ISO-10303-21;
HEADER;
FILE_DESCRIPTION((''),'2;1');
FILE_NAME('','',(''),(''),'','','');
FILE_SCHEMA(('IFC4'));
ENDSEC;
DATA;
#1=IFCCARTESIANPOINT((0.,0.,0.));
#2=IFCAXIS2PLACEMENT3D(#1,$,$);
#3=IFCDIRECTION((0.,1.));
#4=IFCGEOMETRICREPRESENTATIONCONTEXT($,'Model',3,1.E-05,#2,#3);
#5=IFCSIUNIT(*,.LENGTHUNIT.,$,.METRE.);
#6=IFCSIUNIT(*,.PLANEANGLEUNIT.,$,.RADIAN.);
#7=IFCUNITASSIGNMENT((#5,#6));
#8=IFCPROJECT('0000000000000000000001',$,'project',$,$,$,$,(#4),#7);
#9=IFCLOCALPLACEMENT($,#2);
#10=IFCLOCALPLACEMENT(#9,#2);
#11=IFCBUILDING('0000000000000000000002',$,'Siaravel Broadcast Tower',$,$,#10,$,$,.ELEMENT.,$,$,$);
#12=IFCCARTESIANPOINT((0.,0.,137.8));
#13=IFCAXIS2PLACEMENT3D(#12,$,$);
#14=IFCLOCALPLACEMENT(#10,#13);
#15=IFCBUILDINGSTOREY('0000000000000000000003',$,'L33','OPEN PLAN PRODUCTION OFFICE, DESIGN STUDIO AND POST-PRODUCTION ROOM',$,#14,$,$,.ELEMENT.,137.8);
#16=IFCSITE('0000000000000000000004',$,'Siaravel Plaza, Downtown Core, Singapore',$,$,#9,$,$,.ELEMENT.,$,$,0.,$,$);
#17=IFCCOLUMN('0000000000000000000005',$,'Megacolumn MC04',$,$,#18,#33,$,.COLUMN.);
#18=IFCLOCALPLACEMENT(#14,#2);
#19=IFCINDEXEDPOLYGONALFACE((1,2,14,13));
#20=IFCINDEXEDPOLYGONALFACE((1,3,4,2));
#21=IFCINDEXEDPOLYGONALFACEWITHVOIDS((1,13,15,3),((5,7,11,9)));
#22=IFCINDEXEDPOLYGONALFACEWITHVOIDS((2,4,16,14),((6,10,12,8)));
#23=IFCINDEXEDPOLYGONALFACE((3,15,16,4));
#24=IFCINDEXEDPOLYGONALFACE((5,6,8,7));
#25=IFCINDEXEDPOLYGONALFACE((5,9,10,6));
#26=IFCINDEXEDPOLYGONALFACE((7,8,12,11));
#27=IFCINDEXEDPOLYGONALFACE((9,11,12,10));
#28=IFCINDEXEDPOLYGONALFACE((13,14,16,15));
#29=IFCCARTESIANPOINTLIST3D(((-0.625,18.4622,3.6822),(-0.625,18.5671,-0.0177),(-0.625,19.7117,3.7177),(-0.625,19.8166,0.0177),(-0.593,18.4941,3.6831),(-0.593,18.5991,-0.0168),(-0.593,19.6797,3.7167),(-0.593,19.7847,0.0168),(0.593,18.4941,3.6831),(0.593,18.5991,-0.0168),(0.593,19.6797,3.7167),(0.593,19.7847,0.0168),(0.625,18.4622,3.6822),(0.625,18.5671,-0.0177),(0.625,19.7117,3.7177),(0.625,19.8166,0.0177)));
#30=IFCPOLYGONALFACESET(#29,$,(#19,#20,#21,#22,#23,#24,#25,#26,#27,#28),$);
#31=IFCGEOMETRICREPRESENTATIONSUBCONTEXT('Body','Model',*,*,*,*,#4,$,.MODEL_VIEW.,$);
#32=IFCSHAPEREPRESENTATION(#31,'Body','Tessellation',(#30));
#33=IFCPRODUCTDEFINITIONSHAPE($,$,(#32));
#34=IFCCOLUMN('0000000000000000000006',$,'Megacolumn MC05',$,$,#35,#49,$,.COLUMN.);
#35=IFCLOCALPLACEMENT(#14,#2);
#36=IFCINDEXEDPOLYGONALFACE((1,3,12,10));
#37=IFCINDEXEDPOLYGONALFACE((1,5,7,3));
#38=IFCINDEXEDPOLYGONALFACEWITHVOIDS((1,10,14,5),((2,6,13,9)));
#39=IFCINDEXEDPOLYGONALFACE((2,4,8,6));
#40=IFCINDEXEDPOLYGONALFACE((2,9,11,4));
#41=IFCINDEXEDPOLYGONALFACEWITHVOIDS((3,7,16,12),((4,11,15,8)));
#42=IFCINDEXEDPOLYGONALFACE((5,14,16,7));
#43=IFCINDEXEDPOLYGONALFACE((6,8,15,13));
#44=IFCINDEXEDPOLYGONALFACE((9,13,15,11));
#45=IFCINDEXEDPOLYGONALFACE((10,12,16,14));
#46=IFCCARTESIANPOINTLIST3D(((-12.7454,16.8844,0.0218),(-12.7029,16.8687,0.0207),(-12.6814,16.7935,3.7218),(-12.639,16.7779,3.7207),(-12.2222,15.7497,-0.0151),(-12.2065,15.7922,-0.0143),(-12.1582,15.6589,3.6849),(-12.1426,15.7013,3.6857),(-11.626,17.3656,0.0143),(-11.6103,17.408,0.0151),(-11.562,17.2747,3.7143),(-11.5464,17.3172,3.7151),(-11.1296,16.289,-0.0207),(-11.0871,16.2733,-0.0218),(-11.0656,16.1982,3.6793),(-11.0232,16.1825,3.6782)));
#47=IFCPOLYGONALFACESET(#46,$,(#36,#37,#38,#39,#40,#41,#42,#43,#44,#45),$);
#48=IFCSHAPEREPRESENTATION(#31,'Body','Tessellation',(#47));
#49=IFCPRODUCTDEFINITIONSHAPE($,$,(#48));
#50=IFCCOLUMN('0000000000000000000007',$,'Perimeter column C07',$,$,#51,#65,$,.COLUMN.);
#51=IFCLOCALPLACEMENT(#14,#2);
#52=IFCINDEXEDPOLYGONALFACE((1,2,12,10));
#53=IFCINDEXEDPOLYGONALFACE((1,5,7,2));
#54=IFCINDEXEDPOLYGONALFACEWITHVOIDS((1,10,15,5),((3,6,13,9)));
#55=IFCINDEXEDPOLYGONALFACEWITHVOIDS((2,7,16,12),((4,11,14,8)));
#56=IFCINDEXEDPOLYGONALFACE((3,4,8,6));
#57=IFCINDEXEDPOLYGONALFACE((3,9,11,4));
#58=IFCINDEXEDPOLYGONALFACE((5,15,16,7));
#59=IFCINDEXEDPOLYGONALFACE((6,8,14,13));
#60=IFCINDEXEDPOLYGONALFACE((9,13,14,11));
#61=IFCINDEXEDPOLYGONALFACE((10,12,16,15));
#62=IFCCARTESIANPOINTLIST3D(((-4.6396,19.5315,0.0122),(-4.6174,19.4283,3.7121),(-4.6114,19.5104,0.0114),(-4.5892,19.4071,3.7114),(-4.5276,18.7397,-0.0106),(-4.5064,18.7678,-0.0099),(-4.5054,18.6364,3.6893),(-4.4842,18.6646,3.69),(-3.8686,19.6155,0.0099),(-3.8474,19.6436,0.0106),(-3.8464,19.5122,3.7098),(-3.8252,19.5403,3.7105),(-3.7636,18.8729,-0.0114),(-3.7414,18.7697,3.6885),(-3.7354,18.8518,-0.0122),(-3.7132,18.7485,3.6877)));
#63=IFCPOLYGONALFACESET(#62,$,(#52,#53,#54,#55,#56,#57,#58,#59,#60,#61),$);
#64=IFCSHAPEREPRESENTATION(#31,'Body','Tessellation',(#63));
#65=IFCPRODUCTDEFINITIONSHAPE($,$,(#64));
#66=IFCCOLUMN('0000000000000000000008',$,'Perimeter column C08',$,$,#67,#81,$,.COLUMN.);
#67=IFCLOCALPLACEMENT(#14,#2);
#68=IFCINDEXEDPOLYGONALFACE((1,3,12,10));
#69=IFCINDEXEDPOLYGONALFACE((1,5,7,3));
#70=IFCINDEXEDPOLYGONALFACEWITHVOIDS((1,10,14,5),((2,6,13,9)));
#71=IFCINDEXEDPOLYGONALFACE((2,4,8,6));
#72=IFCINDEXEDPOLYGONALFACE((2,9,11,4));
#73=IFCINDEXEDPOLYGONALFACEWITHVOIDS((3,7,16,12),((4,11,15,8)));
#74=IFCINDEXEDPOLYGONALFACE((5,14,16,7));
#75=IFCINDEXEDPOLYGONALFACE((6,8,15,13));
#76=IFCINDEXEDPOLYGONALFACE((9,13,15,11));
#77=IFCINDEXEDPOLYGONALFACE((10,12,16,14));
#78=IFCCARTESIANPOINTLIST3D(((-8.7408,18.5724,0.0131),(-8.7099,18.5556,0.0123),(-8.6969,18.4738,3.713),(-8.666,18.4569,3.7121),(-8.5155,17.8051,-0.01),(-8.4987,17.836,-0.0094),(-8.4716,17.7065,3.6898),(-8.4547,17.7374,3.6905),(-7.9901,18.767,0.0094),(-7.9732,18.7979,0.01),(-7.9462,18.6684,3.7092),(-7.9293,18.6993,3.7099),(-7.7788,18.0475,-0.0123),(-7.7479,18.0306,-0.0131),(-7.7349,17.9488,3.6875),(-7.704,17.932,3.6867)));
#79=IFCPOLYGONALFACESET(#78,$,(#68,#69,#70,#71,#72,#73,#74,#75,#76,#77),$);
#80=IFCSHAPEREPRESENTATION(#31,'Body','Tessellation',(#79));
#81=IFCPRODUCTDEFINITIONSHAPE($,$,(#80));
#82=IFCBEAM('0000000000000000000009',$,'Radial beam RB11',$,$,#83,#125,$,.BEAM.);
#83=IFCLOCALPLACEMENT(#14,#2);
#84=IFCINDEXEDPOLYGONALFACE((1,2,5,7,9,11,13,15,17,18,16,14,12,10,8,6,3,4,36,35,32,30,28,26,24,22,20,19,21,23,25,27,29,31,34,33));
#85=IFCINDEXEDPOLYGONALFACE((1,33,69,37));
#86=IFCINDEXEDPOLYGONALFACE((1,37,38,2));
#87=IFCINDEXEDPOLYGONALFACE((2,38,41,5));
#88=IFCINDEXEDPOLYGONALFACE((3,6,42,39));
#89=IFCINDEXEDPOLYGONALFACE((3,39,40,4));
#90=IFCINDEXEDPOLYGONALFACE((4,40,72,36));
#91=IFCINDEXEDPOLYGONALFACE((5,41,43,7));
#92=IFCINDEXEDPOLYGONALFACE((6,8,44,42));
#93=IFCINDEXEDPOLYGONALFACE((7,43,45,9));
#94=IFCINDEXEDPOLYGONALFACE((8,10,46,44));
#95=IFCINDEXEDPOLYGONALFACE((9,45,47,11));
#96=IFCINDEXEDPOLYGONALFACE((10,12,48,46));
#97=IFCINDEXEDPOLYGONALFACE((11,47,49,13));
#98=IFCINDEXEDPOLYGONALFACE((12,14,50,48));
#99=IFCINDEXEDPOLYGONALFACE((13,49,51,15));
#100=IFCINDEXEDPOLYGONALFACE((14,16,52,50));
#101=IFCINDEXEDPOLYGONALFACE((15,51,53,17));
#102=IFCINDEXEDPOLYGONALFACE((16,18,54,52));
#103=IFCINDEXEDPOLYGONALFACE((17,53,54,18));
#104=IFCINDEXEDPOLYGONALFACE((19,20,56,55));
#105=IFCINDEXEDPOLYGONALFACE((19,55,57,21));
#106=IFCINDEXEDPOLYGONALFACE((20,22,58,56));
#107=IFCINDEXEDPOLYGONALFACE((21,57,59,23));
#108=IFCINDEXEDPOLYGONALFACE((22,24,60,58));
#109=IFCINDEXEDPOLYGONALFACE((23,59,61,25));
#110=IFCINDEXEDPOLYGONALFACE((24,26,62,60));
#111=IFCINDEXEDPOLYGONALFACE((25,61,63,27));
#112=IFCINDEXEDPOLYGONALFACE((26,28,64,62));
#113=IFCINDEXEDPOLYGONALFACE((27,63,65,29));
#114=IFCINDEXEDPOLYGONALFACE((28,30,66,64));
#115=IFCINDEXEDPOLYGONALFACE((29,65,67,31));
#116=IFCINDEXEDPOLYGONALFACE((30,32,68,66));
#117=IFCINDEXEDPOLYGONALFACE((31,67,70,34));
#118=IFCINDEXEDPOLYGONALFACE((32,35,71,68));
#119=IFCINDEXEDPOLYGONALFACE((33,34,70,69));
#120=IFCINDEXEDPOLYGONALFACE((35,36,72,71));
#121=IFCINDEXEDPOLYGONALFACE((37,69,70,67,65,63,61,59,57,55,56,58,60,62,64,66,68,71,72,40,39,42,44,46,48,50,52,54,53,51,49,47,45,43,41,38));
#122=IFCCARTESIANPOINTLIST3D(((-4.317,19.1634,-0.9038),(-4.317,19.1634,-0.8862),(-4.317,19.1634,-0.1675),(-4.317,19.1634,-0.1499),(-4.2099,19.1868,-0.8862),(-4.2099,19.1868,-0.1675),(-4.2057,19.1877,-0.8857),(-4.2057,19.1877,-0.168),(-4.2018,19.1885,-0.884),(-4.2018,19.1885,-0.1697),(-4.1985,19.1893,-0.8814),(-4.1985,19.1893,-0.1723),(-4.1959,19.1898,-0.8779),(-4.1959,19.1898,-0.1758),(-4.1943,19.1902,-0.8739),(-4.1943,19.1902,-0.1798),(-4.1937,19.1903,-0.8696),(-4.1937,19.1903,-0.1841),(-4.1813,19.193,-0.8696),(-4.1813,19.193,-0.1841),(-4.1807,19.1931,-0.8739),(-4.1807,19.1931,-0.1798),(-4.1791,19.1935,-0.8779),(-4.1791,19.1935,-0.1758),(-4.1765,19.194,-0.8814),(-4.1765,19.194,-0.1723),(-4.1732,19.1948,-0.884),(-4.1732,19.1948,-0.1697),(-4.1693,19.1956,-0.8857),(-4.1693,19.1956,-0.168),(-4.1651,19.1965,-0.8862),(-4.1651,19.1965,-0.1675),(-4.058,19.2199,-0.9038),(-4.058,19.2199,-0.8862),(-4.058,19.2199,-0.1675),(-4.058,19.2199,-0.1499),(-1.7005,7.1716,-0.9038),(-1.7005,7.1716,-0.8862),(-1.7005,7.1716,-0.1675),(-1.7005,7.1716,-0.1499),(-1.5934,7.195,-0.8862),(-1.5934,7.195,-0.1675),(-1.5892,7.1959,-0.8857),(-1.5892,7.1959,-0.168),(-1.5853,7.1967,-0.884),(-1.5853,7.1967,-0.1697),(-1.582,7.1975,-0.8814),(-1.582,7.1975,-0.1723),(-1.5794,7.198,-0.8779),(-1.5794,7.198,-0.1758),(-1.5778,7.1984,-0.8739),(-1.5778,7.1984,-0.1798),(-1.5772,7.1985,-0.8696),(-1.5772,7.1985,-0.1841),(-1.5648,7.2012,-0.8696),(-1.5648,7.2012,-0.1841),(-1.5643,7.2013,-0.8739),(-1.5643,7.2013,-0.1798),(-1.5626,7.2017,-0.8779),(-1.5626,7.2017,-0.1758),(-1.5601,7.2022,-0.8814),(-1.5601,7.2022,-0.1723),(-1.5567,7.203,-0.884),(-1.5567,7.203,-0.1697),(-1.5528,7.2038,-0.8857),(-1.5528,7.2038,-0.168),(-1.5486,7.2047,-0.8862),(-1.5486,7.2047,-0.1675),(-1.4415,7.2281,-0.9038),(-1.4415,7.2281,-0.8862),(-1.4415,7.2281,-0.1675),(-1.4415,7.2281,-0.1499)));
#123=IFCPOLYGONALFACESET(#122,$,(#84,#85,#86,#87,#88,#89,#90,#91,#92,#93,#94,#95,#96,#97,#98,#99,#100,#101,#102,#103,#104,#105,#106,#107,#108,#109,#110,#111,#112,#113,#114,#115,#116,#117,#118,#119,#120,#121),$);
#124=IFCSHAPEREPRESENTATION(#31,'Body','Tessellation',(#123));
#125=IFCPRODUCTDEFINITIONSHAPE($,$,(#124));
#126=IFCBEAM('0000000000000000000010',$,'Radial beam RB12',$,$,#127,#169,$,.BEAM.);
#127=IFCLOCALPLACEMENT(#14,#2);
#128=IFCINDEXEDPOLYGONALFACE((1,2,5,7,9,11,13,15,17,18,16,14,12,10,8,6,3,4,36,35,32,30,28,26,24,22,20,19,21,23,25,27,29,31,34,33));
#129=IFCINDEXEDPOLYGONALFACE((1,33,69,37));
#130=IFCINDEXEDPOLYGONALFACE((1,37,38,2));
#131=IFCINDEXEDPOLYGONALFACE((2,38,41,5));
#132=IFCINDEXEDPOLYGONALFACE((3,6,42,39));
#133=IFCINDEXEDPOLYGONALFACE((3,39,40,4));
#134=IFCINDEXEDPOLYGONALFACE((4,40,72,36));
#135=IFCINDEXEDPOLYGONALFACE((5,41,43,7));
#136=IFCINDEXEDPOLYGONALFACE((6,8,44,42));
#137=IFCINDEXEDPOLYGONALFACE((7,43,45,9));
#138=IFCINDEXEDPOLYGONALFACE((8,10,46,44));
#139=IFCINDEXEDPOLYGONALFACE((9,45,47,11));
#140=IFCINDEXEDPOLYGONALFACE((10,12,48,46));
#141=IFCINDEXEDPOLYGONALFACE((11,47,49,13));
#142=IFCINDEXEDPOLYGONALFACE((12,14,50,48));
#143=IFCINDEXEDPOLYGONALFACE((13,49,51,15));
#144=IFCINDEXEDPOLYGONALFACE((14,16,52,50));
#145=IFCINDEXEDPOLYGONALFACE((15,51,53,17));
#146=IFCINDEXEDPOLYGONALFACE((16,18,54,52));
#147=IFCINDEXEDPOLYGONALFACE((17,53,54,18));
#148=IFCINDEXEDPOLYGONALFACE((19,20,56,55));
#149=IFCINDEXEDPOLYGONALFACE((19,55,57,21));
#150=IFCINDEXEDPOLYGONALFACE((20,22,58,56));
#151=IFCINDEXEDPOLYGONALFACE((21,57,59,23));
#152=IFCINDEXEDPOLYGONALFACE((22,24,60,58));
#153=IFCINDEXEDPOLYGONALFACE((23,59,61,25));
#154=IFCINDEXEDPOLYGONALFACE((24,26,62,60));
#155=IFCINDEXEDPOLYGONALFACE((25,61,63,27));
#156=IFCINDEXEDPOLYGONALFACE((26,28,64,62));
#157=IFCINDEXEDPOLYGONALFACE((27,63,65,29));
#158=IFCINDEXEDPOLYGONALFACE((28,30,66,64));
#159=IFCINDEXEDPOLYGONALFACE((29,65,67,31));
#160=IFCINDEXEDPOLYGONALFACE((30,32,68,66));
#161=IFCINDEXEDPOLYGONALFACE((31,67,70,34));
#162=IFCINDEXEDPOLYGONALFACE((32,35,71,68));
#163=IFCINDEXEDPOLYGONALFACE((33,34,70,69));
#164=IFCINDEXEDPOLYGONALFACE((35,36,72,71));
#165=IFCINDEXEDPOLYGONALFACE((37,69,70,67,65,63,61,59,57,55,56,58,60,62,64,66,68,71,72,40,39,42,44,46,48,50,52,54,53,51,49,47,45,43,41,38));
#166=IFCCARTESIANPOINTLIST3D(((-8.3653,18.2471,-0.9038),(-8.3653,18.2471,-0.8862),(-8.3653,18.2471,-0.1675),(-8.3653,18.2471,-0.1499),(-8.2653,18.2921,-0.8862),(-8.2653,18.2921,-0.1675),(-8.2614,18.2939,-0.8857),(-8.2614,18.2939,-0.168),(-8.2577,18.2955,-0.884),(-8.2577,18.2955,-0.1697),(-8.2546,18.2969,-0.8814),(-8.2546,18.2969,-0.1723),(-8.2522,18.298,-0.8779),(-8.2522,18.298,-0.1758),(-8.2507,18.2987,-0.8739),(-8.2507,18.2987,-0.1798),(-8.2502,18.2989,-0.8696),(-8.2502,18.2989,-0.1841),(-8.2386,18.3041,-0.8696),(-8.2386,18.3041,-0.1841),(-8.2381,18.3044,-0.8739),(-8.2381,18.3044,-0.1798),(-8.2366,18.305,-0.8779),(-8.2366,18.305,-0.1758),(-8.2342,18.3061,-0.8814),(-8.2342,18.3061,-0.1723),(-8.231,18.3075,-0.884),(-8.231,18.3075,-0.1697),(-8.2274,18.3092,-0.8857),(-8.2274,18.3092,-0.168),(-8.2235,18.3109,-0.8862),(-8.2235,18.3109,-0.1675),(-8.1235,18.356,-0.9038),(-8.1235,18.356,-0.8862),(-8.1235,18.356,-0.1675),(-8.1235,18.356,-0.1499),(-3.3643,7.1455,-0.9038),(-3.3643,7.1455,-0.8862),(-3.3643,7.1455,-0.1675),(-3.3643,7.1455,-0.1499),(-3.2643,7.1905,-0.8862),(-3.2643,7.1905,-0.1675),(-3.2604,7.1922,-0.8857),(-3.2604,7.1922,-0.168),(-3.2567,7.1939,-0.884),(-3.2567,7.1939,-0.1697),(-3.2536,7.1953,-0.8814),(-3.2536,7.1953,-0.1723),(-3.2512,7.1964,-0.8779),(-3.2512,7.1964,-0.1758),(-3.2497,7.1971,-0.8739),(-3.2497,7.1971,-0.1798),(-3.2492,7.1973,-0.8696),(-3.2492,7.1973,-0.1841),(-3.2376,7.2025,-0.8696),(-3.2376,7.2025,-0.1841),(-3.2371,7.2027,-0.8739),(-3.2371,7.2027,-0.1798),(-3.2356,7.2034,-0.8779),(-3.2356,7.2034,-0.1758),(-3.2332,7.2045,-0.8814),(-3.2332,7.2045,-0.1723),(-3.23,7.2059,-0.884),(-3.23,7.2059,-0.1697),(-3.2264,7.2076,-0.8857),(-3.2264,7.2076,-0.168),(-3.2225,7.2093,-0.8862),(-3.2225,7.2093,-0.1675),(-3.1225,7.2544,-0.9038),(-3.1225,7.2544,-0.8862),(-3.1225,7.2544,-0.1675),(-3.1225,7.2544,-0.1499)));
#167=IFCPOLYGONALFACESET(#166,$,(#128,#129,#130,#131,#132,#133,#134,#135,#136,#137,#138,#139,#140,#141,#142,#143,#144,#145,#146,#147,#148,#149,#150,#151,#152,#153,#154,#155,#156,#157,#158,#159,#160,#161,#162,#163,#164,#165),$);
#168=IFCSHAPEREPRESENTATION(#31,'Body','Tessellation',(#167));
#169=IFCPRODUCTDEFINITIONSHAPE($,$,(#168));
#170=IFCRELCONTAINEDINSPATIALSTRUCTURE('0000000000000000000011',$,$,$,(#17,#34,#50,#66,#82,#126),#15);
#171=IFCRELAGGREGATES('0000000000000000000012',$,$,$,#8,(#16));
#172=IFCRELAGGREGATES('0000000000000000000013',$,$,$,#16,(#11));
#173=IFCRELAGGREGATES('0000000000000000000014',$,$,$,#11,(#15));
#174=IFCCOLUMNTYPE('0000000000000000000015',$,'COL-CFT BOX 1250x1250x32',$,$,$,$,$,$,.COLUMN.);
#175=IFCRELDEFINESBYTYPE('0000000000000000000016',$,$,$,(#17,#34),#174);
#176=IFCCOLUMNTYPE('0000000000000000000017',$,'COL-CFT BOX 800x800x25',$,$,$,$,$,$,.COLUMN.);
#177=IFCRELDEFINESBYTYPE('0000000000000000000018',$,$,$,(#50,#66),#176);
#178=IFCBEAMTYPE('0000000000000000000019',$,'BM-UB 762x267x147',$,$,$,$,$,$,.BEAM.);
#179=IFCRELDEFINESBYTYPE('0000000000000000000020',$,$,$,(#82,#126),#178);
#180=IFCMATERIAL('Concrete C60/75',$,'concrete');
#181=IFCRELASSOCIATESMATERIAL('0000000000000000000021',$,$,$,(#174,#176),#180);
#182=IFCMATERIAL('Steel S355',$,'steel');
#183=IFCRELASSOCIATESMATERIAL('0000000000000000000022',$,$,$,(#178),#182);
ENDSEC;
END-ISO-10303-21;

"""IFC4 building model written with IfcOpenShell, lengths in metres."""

from ifc_helpers import new_model, si_unit, direction, frame, origin, origin_2d, place, context, subcontext, project, spatial, hollow_rectangle, i_section, extrude, material, material_profile, profile_set, type_object, element, save


model = new_model("IFC4")

# Units and contexts
model_context = context("Model", 3, precision=1e-05, world=origin(), true_north=direction((0.0, 1.0)))
body_context = subcontext(model_context, "Body", "Model", "MODEL_VIEW")
ifc_project = project(units=[si_unit("LENGTHUNIT", "METRE"), si_unit("PLANEANGLEUNIT", "RADIAN")], contexts=[model_context])

# Site, building, storey
site_placement = place(None, origin())
site = spatial("IfcSite", under=ifc_project, at=site_placement, Name="Siaravel Plaza, Downtown Core, Singapore", CompositionType="ELEMENT", RefElevation=0.0)
building_placement = place(site_placement, origin())
building = spatial("IfcBuilding", under=site, at=building_placement, Name="Siaravel Broadcast Tower", CompositionType="ELEMENT")
storey_placement = place(building_placement, frame((0.0, 0.0, 137.8)))
storey = spatial("IfcBuildingStorey", under=building, at=storey_placement, Name="L33", Description="OPEN PLAN PRODUCTION OFFICE, DESIGN STUDIO AND POST-PRODUCTION ROOM", CompositionType="ELEMENT", Elevation=137.8)

# Columns
ifc_material_1 = material(Name="Concrete C60/75", Category="concrete")
ifc_material_profile_1 = material_profile(ifc_material_1, hollow_rectangle(XDim=1.25, YDim=1.25, WallThickness=0.032, at=origin_2d()))
ifc_profile_set_1 = profile_set([ifc_material_profile_1], Name="Concrete C60/75")
column_type_1 = type_object("IfcColumnType", Name="COL-CFT BOX 1250x1250x32", PredefinedType="COLUMN", material=ifc_profile_set_1)
column_1_placement = place(storey_placement, frame((0.0, 19.1919, 0.0), z_axis=(0.0, -0.028362, 0.999598), x_axis=(1.0, 0.0, 0.0)))
element("IfcColumn", 1, at=column_1_placement, inside=storey, type_object=column_type_1, Name="Megacolumn MC04", PredefinedType="COLUMN", context=body_context, shape_type="SweptSolid", body=[
    extrude(hollow_rectangle(XDim=1.25, YDim=1.25, WallThickness=0.032, at=origin_2d()), origin(), (0.0, 0.0, 1.0), 3.7014),
])
column_2_placement = place(storey_placement, frame((-11.9163, 16.5789, 0.0), z_axis=(0.01728, -0.024535, 0.99955), x_axis=(0.908023, 0.418886, -0.005416)))
element("IfcColumn", 2, at=column_2_placement, inside=storey, type_object=column_type_1, Name="Megacolumn MC05", PredefinedType="COLUMN", context=body_context, shape_type="SweptSolid", body=[
    extrude(hollow_rectangle(XDim=1.25, YDim=1.25, WallThickness=0.032, at=origin_2d()), origin(), (0.0, 0.0, 1.0), 3.7017),
])
ifc_material_profile_2 = material_profile(ifc_material_1, hollow_rectangle(XDim=0.8, YDim=0.8, WallThickness=0.0249, at=origin_2d()))
ifc_profile_set_2 = profile_set([ifc_material_profile_2], Name="Concrete C60/75")
column_type_2 = type_object("IfcColumnType", Name="COL-CFT BOX 800x800x25", PredefinedType="COLUMN", material=ifc_profile_set_2)
for number, where, z_axis, x_axis, name in (
    (3, (-4.1875, 19.1917, 0.0), (0.006002, -0.0279, 0.999593), (0.990138, 0.140083, -0.002035), "Perimeter column C07"),
    (4, (-8.2444, 18.3015, 0.0), (0.011872, -0.026647, 0.999574), (0.959458, 0.281826, -0.003883), "Perimeter column C08"),
):
    element("IfcColumn", number, at=place(storey_placement, frame(where, z_axis=z_axis, x_axis=x_axis)), inside=storey, type_object=column_type_2, Name=name, PredefinedType="COLUMN", context=body_context, shape_type="SweptSolid", body=[
        extrude(hollow_rectangle(XDim=0.8, YDim=0.8, WallThickness=0.0249, at=origin_2d()), origin(), (0.0, 0.0, 1.0), 3.7014),
    ])

# Beams
ifc_material_2 = material(Name="Steel S355", Category="steel")
ifc_material_profile_3 = material_profile(ifc_material_2, i_section(OverallWidth=0.2651, OverallDepth=0.7539, WebThickness=0.0127, FlangeThickness=0.0176, FilletRadius=0.0166, at=origin_2d()))
ifc_profile_set_3 = profile_set([ifc_material_profile_3], Name="Steel S355")
beam_type = type_object("IfcBeamType", Name="BM-UB 762x267x147", PredefinedType="BEAM", material=ifc_profile_set_3)
beam_1_placement = place(storey_placement, frame((-4.1875, 19.1917, -0.5269), z_axis=(0.213174, -0.977014, 0.0), x_axis=(0.977014, 0.213174, 0.0)))
element("IfcBeam", 5, at=beam_1_placement, inside=storey, type_object=beam_type, Name="Radial beam RB11", PredefinedType="BEAM", context=body_context, shape_type="SweptSolid", body=[
    extrude(i_section(OverallWidth=0.2651, OverallDepth=0.7539, WebThickness=0.0127, FlangeThickness=0.0176, FilletRadius=0.0166, at=origin_2d()), origin(), (0.0, 0.0, 1.0), 12.2739),
])
beam_2_placement = place(storey_placement, frame((-8.2444, 18.3015, -0.5269), z_axis=(0.410725, -0.911759, 0.0), x_axis=(0.911759, 0.410725, 0.0)))
element("IfcBeam", 6, at=beam_2_placement, inside=storey, type_object=beam_type, Name="Radial beam RB12", PredefinedType="BEAM", context=body_context, shape_type="SweptSolid", body=[
    extrude(i_section(OverallWidth=0.2651, OverallDepth=0.7539, WebThickness=0.0127, FlangeThickness=0.0176, FilletRadius=0.0166, at=origin_2d()), origin(), (0.0, 0.0, 1.0), 12.176),
])

save(model, "model.ifc")
